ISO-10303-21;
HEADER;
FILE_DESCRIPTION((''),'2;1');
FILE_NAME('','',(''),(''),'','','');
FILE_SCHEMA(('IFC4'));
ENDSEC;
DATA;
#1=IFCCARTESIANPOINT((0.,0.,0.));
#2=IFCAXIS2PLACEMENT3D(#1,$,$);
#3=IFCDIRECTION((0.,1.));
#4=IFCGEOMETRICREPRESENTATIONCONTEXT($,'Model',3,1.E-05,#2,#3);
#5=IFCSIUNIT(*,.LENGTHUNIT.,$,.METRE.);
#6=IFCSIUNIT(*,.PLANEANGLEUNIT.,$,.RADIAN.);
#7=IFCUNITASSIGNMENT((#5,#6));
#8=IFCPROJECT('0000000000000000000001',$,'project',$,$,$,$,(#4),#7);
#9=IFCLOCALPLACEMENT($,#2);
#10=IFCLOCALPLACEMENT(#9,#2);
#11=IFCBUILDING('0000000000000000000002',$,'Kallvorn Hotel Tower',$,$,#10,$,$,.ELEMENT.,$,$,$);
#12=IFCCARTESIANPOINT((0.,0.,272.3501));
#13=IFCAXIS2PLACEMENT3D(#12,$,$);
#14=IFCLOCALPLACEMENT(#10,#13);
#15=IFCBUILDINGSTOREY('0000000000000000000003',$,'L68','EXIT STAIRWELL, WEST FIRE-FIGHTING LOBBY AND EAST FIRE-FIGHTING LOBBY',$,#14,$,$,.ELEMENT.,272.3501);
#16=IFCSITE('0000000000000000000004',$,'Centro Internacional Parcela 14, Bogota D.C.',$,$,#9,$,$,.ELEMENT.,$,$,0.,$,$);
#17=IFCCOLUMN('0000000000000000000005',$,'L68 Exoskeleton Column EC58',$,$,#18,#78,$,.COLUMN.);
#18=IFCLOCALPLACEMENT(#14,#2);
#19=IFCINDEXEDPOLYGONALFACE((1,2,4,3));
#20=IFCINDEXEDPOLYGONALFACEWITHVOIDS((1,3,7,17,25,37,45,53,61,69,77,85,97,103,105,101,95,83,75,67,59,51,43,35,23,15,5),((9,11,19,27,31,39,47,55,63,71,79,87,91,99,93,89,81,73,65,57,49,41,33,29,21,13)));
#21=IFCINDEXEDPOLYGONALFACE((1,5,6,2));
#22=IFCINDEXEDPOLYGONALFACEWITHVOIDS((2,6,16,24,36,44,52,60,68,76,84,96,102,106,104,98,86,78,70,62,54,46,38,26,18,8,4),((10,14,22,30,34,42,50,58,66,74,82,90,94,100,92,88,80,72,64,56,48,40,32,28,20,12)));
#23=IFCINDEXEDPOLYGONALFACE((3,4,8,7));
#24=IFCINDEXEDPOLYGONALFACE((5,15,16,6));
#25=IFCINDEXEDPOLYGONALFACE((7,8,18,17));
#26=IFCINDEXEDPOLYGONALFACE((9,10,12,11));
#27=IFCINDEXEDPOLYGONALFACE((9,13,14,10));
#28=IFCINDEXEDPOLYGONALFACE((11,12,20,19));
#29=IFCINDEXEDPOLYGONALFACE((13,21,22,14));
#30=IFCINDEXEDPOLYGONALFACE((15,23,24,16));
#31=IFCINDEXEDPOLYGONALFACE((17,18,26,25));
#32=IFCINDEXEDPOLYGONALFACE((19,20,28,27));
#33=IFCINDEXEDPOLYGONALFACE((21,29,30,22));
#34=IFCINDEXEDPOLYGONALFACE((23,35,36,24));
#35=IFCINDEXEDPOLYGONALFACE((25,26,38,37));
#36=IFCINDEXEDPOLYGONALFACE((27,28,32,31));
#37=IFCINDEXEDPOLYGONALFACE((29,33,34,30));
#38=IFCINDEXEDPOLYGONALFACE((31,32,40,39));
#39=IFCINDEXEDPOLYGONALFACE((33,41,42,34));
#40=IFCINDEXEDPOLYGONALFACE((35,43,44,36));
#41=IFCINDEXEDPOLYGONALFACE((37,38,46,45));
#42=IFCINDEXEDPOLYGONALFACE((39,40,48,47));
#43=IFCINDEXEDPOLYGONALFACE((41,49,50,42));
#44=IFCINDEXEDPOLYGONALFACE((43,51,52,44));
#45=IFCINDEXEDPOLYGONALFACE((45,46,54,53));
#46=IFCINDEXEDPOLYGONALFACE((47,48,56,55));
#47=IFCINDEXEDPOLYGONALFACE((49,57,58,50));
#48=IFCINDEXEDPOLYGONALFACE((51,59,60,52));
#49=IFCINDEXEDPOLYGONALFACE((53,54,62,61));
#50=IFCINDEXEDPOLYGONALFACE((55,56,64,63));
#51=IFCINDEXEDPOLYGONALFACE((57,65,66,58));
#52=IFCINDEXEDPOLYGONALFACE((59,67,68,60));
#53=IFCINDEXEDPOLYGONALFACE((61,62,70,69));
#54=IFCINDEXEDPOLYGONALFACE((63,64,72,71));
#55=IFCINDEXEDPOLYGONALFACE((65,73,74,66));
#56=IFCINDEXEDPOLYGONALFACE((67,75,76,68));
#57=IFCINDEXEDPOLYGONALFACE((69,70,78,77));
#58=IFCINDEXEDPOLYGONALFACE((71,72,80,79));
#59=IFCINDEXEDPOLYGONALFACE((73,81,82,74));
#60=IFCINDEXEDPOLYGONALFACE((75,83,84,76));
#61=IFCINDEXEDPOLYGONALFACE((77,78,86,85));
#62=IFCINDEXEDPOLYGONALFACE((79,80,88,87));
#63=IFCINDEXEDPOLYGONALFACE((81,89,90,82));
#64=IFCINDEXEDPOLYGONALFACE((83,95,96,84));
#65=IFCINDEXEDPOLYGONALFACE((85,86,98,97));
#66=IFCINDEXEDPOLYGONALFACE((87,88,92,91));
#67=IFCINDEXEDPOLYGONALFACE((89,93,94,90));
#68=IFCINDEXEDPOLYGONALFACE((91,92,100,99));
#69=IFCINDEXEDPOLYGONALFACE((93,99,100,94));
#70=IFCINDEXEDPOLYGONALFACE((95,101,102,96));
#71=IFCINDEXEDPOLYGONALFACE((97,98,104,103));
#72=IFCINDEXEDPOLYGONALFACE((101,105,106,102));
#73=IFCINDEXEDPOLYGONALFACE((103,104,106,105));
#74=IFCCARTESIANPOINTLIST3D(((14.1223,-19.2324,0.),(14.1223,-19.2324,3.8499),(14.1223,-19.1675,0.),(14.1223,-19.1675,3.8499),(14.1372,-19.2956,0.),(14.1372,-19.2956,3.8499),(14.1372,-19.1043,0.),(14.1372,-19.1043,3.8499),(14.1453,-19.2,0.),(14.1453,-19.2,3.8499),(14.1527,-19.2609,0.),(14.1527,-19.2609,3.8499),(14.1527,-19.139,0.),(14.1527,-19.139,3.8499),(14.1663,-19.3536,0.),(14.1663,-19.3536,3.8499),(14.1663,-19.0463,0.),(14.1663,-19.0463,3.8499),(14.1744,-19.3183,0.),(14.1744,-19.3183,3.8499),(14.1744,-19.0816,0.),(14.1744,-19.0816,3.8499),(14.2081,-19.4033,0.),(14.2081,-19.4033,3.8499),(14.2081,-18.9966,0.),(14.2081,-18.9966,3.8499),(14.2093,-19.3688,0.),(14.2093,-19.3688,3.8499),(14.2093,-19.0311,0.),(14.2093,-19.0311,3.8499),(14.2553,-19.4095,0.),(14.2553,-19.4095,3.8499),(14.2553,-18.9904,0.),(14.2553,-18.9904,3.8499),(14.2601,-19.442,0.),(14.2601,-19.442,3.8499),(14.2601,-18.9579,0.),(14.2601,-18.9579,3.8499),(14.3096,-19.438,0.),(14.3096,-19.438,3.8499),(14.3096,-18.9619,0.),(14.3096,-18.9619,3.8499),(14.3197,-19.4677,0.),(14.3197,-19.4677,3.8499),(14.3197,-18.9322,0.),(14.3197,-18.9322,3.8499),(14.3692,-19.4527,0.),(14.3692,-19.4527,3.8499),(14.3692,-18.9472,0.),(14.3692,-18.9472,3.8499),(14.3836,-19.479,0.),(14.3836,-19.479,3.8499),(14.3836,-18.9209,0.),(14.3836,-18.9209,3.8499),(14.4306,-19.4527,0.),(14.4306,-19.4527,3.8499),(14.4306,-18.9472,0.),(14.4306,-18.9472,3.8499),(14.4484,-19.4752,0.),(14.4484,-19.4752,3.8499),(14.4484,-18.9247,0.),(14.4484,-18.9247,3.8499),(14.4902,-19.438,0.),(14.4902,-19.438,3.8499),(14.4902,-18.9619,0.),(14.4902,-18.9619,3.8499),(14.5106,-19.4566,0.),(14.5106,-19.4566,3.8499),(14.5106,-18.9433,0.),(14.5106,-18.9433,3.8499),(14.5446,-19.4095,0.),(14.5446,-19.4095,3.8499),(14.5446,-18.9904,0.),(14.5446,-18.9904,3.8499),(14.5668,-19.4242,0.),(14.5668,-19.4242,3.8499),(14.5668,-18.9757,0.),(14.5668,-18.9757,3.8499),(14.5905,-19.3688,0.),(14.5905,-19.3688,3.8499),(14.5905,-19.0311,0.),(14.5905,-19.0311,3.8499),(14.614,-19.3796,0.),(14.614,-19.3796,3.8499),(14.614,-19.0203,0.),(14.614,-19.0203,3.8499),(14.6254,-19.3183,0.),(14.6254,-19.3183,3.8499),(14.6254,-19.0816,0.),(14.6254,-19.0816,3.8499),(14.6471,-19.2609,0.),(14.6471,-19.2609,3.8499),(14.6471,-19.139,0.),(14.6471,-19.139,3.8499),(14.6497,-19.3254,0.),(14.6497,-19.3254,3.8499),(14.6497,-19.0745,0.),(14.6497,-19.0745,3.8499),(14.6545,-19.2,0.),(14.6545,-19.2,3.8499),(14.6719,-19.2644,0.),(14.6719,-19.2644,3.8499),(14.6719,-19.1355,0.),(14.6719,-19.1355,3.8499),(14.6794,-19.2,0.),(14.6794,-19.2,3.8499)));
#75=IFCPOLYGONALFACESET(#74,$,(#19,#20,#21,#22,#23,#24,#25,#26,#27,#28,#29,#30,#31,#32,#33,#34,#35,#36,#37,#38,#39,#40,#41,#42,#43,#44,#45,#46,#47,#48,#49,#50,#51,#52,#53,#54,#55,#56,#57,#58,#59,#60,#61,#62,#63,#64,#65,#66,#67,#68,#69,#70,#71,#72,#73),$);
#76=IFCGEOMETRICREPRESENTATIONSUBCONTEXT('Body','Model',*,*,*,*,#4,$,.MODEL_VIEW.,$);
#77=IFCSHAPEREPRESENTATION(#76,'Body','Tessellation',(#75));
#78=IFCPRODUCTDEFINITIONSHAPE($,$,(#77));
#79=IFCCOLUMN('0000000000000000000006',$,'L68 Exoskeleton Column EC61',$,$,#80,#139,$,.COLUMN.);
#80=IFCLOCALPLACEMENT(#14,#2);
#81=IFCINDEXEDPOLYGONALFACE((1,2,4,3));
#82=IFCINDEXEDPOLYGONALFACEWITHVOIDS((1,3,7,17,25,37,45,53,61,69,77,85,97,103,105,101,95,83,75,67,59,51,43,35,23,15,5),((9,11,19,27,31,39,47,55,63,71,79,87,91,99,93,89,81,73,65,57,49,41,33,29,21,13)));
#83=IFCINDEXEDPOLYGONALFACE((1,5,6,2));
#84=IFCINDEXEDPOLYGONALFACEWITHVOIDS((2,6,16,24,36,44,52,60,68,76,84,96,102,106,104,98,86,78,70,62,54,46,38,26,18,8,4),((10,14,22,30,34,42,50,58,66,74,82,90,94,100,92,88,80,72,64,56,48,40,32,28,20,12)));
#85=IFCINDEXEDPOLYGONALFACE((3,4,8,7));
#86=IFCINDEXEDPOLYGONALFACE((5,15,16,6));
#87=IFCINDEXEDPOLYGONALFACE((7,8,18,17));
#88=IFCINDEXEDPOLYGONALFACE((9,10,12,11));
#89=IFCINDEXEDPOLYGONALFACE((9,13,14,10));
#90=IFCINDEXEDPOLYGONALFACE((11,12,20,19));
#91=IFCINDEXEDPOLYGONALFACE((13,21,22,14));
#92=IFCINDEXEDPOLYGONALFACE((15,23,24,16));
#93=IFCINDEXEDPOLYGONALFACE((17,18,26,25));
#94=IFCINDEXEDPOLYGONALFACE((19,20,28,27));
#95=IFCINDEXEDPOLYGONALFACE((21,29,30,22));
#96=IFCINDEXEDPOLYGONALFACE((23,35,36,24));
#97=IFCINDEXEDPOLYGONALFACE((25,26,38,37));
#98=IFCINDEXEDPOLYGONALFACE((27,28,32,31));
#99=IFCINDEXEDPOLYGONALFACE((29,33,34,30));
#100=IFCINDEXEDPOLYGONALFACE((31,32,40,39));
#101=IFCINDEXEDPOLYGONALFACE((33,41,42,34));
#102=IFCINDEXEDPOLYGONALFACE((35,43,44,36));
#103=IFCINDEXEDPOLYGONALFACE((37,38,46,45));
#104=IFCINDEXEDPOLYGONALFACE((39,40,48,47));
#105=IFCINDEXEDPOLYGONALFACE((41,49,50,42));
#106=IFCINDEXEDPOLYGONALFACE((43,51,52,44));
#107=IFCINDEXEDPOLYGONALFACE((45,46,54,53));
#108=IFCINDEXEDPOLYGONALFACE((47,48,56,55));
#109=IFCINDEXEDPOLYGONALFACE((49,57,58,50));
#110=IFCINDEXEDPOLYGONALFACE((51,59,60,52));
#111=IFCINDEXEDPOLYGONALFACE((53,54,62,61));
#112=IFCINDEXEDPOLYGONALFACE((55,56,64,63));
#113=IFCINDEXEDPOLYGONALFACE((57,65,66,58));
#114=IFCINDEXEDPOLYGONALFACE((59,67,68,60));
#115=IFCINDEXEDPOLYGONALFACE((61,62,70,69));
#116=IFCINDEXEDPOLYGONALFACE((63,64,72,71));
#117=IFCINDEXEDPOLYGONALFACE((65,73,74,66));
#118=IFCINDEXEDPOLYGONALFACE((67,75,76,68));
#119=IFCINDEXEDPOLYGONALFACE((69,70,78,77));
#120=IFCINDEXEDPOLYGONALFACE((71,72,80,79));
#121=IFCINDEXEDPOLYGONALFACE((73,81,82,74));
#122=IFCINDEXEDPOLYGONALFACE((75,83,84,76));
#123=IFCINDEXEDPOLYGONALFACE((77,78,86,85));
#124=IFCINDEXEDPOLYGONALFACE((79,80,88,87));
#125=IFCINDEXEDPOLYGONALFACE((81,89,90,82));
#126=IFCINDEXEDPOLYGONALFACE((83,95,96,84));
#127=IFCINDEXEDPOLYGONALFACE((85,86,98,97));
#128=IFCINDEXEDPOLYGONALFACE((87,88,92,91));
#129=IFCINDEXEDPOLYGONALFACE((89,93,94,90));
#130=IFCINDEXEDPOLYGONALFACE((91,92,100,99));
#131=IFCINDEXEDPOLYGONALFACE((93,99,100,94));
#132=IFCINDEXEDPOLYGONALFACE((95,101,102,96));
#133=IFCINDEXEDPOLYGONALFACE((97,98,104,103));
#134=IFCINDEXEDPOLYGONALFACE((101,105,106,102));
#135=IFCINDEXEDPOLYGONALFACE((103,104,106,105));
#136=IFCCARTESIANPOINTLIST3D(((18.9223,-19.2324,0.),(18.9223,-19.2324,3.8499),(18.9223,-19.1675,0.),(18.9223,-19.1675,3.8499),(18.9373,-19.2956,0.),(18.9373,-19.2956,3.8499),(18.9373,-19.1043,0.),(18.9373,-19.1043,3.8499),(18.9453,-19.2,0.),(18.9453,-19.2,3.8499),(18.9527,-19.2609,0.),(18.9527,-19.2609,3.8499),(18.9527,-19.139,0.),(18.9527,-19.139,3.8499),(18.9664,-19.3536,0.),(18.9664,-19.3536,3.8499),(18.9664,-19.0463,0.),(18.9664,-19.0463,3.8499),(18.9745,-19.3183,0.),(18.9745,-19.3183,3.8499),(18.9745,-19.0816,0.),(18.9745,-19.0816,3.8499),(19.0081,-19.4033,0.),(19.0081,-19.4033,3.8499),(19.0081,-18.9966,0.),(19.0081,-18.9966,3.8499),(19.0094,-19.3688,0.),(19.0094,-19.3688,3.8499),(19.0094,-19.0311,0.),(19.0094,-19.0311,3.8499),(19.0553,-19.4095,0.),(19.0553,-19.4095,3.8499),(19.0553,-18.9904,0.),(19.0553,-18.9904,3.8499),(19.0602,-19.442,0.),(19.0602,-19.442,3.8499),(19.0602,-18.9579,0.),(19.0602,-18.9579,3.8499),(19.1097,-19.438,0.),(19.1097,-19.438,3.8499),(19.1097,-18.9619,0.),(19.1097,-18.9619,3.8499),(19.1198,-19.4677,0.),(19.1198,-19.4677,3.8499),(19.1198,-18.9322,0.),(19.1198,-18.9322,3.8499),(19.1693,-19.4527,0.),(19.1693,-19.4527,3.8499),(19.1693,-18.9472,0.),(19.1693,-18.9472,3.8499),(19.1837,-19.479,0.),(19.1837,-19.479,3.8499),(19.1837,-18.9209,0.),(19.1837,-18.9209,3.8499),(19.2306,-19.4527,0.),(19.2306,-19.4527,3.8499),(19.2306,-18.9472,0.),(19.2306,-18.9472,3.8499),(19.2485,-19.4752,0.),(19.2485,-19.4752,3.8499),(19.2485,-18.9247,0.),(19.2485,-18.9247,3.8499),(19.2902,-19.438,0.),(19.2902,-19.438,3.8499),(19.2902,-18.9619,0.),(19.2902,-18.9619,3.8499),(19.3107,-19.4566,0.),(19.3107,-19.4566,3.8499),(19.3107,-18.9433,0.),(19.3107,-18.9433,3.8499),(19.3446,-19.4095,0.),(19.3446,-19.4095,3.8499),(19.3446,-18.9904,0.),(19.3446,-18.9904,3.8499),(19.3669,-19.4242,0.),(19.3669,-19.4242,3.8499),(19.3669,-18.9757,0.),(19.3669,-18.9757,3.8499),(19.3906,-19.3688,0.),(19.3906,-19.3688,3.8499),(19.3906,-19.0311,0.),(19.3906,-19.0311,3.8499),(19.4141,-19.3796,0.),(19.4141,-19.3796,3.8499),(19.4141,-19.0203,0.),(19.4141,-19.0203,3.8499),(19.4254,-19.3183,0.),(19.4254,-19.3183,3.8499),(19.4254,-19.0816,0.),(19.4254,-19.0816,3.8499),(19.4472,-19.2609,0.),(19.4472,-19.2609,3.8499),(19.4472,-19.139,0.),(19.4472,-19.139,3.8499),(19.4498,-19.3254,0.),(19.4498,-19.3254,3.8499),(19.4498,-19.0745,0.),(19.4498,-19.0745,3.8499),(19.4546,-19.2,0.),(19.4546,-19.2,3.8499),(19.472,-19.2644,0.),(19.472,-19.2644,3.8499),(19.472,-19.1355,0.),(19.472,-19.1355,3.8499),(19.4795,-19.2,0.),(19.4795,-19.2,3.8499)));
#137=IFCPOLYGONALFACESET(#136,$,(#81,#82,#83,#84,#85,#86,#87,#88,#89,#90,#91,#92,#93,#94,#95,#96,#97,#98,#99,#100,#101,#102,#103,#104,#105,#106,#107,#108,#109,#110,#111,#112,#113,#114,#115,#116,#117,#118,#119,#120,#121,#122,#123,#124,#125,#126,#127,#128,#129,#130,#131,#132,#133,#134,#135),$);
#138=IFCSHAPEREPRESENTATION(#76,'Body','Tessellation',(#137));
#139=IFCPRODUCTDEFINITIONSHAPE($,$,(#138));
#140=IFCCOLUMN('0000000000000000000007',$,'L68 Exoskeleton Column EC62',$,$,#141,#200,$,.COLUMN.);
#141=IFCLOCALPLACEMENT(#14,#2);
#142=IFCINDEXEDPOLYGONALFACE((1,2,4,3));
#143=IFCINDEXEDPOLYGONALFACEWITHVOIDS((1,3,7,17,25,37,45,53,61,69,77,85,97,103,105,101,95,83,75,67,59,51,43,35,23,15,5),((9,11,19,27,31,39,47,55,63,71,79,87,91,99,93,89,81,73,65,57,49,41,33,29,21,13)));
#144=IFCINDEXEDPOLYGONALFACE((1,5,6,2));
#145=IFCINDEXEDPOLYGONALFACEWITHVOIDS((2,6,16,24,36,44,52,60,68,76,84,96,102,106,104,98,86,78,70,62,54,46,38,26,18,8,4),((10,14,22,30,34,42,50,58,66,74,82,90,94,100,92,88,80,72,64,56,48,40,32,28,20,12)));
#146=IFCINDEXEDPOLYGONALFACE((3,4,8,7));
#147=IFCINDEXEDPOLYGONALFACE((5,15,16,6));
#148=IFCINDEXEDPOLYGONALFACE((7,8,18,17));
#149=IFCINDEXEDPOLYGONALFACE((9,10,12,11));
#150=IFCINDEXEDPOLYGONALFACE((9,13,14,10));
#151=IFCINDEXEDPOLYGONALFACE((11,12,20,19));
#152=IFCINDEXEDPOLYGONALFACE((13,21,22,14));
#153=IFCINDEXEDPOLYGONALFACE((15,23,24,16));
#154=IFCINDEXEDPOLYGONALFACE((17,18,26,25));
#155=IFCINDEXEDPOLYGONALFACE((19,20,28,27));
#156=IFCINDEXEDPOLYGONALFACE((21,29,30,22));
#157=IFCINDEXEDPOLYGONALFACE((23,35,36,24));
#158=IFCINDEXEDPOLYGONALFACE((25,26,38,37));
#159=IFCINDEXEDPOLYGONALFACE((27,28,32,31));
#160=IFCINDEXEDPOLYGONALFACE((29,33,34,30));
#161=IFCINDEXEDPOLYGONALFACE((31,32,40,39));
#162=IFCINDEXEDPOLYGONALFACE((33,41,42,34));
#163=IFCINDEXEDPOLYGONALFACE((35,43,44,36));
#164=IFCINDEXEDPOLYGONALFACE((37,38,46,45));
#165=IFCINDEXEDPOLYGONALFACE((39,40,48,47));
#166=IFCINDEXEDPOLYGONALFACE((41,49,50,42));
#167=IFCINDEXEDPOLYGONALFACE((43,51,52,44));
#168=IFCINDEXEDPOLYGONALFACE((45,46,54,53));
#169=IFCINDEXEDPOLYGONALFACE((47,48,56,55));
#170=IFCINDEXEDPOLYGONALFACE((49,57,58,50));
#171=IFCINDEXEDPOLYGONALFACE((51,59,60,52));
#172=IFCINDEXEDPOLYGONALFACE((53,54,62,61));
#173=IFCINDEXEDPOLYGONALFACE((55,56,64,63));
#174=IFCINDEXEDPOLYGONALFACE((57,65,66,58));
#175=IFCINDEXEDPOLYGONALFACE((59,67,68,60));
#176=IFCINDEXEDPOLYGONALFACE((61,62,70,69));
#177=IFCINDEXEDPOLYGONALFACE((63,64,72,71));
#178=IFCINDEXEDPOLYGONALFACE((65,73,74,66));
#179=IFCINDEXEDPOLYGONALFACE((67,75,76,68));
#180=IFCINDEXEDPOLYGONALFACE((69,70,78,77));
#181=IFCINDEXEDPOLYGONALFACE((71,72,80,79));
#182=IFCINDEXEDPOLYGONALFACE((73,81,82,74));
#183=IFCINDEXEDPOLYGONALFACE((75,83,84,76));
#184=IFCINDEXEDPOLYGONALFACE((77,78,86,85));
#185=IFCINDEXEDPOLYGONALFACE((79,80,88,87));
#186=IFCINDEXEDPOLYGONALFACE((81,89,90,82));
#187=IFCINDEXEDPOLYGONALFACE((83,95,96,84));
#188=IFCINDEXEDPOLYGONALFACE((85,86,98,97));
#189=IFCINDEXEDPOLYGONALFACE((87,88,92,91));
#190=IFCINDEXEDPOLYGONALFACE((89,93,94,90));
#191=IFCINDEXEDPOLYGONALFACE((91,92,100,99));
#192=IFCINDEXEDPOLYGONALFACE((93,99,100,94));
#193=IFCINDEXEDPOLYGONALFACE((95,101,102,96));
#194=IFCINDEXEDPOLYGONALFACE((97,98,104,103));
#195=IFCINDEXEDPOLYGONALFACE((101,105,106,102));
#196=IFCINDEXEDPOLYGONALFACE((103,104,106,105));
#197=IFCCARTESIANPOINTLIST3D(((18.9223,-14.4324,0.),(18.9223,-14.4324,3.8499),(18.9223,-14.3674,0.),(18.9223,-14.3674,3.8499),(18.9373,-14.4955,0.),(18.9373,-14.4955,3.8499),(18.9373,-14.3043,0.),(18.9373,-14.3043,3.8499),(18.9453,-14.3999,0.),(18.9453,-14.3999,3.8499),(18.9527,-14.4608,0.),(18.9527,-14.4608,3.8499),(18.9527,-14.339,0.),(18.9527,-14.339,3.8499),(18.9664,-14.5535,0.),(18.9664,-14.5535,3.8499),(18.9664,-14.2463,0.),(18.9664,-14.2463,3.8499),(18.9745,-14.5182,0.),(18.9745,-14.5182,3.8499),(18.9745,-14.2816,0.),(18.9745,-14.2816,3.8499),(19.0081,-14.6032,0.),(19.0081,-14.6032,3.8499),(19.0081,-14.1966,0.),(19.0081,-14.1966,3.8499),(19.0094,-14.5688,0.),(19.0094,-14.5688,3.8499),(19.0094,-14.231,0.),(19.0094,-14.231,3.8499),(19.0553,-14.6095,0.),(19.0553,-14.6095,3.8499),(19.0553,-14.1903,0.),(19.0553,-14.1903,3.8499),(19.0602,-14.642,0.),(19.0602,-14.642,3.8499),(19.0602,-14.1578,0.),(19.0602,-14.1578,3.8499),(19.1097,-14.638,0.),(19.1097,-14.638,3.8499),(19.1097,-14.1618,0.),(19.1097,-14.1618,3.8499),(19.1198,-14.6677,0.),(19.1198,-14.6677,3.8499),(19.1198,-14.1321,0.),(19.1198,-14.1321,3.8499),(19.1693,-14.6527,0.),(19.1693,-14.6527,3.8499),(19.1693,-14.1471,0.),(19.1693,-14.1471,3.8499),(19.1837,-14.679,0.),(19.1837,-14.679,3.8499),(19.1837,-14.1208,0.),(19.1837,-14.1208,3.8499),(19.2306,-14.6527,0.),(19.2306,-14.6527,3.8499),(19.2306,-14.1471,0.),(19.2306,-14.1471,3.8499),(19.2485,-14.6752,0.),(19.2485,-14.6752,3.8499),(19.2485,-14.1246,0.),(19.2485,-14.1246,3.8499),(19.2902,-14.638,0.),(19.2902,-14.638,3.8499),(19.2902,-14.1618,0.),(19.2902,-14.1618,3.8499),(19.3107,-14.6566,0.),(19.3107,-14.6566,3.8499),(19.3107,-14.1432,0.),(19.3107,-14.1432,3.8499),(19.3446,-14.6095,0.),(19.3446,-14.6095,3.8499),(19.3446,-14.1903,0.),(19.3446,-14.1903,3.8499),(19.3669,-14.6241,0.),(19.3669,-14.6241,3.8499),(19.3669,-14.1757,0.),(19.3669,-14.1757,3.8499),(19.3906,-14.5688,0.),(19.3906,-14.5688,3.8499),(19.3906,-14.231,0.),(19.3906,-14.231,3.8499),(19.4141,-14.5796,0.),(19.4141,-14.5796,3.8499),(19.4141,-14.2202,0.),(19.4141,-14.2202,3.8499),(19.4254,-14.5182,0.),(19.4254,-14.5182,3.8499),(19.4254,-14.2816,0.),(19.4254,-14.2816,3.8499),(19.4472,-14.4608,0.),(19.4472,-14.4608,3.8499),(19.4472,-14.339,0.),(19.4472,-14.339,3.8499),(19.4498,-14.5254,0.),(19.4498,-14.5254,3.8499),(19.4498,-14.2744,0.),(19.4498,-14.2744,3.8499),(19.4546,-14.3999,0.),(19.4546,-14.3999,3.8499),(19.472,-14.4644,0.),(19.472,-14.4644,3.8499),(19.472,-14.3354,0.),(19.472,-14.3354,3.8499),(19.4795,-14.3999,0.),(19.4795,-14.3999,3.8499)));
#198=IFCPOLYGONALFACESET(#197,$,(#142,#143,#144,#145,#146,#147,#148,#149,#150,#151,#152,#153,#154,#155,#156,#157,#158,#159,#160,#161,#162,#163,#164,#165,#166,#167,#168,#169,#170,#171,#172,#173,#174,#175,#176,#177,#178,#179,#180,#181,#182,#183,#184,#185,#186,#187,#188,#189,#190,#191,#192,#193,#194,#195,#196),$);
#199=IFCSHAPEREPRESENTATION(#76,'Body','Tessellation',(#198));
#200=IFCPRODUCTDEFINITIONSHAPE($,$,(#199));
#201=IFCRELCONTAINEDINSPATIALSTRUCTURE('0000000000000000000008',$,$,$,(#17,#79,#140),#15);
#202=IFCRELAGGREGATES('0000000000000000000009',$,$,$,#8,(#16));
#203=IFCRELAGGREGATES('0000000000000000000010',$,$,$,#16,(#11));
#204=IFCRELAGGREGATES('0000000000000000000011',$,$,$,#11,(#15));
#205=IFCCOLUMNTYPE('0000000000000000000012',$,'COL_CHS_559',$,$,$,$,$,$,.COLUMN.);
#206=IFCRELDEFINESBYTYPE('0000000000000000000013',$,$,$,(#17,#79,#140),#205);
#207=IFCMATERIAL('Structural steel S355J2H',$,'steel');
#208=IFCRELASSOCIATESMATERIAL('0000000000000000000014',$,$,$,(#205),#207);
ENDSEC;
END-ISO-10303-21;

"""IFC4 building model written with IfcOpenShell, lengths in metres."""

from ifc_helpers import new_model, si_unit, direction, frame, origin, origin_2d, place, context, subcontext, project, spatial, hollow_circle, extrude, material, material_profile, profile_set, type_object, element, save


model = new_model("IFC4")

# Units and contexts
model_context = context("Model", 3, precision=1e-05, world=origin(), true_north=direction((0.0, 1.0)))
body_context = subcontext(model_context, "Body", "Model", "MODEL_VIEW")
ifc_project = project(units=[si_unit("LENGTHUNIT", "METRE"), si_unit("PLANEANGLEUNIT", "RADIAN")], contexts=[model_context])

# Site, building, storey
site_placement = place(None, origin())
site = spatial("IfcSite", under=ifc_project, at=site_placement, Name="Centro Internacional Parcela 14, Bogota D.C.", CompositionType="ELEMENT", RefElevation=0.0)
building_placement = place(site_placement, origin())
building = spatial("IfcBuilding", under=site, at=building_placement, Name="Kallvorn Hotel Tower", CompositionType="ELEMENT")
storey_placement = place(building_placement, frame((0.0, 0.0, 272.3501)))
storey = spatial("IfcBuildingStorey", under=building, at=storey_placement, Name="L68", Description="EXIT STAIRWELL, WEST FIRE-FIGHTING LOBBY AND EAST FIRE-FIGHTING LOBBY", CompositionType="ELEMENT", Elevation=272.3501)

# Columns
ifc_material_1 = material(Name="Structural steel S355J2H", Category="steel")
ifc_material_profile_1 = material_profile(ifc_material_1, hollow_circle(Radius=0.2795, WallThickness=0.0249, at=origin_2d()), Name="CHS 559x25")
ifc_profile_set_1 = profile_set([ifc_material_profile_1], Name="Structural steel S355J2H")
column_type_1 = type_object("IfcColumnType", Name="COL_CHS_559", PredefinedType="COLUMN", material=ifc_profile_set_1)
for number, where, z_axis, x_axis, name in (
    (1, (14.3999, -19.2, 0.0), (0.0, 0.0, 1.0), (1.0, 0.0, 0.0), "L68 Exoskeleton Column EC58"),
    (2, (19.2, -19.2, 0.0), (0.0, 0.0, 1.0), (1.0, 0.0, 0.0), "L68 Exoskeleton Column EC61"),
    (3, (19.2, -14.3999, 0.0), (0.0, 0.0, 1.0), (1.0, 0.0, 0.0), "L68 Exoskeleton Column EC62"),
):
    element("IfcColumn", number, at=place(storey_placement, frame(where, z_axis=z_axis, x_axis=x_axis)), inside=storey, type_object=column_type_1, Name=name, PredefinedType="COLUMN", context=body_context, shape_type="SweptSolid", body=[
        extrude(hollow_circle(Radius=0.2795, WallThickness=0.0249, at=origin_2d()), origin(), (0.0, 0.0, 1.0), 3.8499),
    ])

save(model, "model.ifc")
